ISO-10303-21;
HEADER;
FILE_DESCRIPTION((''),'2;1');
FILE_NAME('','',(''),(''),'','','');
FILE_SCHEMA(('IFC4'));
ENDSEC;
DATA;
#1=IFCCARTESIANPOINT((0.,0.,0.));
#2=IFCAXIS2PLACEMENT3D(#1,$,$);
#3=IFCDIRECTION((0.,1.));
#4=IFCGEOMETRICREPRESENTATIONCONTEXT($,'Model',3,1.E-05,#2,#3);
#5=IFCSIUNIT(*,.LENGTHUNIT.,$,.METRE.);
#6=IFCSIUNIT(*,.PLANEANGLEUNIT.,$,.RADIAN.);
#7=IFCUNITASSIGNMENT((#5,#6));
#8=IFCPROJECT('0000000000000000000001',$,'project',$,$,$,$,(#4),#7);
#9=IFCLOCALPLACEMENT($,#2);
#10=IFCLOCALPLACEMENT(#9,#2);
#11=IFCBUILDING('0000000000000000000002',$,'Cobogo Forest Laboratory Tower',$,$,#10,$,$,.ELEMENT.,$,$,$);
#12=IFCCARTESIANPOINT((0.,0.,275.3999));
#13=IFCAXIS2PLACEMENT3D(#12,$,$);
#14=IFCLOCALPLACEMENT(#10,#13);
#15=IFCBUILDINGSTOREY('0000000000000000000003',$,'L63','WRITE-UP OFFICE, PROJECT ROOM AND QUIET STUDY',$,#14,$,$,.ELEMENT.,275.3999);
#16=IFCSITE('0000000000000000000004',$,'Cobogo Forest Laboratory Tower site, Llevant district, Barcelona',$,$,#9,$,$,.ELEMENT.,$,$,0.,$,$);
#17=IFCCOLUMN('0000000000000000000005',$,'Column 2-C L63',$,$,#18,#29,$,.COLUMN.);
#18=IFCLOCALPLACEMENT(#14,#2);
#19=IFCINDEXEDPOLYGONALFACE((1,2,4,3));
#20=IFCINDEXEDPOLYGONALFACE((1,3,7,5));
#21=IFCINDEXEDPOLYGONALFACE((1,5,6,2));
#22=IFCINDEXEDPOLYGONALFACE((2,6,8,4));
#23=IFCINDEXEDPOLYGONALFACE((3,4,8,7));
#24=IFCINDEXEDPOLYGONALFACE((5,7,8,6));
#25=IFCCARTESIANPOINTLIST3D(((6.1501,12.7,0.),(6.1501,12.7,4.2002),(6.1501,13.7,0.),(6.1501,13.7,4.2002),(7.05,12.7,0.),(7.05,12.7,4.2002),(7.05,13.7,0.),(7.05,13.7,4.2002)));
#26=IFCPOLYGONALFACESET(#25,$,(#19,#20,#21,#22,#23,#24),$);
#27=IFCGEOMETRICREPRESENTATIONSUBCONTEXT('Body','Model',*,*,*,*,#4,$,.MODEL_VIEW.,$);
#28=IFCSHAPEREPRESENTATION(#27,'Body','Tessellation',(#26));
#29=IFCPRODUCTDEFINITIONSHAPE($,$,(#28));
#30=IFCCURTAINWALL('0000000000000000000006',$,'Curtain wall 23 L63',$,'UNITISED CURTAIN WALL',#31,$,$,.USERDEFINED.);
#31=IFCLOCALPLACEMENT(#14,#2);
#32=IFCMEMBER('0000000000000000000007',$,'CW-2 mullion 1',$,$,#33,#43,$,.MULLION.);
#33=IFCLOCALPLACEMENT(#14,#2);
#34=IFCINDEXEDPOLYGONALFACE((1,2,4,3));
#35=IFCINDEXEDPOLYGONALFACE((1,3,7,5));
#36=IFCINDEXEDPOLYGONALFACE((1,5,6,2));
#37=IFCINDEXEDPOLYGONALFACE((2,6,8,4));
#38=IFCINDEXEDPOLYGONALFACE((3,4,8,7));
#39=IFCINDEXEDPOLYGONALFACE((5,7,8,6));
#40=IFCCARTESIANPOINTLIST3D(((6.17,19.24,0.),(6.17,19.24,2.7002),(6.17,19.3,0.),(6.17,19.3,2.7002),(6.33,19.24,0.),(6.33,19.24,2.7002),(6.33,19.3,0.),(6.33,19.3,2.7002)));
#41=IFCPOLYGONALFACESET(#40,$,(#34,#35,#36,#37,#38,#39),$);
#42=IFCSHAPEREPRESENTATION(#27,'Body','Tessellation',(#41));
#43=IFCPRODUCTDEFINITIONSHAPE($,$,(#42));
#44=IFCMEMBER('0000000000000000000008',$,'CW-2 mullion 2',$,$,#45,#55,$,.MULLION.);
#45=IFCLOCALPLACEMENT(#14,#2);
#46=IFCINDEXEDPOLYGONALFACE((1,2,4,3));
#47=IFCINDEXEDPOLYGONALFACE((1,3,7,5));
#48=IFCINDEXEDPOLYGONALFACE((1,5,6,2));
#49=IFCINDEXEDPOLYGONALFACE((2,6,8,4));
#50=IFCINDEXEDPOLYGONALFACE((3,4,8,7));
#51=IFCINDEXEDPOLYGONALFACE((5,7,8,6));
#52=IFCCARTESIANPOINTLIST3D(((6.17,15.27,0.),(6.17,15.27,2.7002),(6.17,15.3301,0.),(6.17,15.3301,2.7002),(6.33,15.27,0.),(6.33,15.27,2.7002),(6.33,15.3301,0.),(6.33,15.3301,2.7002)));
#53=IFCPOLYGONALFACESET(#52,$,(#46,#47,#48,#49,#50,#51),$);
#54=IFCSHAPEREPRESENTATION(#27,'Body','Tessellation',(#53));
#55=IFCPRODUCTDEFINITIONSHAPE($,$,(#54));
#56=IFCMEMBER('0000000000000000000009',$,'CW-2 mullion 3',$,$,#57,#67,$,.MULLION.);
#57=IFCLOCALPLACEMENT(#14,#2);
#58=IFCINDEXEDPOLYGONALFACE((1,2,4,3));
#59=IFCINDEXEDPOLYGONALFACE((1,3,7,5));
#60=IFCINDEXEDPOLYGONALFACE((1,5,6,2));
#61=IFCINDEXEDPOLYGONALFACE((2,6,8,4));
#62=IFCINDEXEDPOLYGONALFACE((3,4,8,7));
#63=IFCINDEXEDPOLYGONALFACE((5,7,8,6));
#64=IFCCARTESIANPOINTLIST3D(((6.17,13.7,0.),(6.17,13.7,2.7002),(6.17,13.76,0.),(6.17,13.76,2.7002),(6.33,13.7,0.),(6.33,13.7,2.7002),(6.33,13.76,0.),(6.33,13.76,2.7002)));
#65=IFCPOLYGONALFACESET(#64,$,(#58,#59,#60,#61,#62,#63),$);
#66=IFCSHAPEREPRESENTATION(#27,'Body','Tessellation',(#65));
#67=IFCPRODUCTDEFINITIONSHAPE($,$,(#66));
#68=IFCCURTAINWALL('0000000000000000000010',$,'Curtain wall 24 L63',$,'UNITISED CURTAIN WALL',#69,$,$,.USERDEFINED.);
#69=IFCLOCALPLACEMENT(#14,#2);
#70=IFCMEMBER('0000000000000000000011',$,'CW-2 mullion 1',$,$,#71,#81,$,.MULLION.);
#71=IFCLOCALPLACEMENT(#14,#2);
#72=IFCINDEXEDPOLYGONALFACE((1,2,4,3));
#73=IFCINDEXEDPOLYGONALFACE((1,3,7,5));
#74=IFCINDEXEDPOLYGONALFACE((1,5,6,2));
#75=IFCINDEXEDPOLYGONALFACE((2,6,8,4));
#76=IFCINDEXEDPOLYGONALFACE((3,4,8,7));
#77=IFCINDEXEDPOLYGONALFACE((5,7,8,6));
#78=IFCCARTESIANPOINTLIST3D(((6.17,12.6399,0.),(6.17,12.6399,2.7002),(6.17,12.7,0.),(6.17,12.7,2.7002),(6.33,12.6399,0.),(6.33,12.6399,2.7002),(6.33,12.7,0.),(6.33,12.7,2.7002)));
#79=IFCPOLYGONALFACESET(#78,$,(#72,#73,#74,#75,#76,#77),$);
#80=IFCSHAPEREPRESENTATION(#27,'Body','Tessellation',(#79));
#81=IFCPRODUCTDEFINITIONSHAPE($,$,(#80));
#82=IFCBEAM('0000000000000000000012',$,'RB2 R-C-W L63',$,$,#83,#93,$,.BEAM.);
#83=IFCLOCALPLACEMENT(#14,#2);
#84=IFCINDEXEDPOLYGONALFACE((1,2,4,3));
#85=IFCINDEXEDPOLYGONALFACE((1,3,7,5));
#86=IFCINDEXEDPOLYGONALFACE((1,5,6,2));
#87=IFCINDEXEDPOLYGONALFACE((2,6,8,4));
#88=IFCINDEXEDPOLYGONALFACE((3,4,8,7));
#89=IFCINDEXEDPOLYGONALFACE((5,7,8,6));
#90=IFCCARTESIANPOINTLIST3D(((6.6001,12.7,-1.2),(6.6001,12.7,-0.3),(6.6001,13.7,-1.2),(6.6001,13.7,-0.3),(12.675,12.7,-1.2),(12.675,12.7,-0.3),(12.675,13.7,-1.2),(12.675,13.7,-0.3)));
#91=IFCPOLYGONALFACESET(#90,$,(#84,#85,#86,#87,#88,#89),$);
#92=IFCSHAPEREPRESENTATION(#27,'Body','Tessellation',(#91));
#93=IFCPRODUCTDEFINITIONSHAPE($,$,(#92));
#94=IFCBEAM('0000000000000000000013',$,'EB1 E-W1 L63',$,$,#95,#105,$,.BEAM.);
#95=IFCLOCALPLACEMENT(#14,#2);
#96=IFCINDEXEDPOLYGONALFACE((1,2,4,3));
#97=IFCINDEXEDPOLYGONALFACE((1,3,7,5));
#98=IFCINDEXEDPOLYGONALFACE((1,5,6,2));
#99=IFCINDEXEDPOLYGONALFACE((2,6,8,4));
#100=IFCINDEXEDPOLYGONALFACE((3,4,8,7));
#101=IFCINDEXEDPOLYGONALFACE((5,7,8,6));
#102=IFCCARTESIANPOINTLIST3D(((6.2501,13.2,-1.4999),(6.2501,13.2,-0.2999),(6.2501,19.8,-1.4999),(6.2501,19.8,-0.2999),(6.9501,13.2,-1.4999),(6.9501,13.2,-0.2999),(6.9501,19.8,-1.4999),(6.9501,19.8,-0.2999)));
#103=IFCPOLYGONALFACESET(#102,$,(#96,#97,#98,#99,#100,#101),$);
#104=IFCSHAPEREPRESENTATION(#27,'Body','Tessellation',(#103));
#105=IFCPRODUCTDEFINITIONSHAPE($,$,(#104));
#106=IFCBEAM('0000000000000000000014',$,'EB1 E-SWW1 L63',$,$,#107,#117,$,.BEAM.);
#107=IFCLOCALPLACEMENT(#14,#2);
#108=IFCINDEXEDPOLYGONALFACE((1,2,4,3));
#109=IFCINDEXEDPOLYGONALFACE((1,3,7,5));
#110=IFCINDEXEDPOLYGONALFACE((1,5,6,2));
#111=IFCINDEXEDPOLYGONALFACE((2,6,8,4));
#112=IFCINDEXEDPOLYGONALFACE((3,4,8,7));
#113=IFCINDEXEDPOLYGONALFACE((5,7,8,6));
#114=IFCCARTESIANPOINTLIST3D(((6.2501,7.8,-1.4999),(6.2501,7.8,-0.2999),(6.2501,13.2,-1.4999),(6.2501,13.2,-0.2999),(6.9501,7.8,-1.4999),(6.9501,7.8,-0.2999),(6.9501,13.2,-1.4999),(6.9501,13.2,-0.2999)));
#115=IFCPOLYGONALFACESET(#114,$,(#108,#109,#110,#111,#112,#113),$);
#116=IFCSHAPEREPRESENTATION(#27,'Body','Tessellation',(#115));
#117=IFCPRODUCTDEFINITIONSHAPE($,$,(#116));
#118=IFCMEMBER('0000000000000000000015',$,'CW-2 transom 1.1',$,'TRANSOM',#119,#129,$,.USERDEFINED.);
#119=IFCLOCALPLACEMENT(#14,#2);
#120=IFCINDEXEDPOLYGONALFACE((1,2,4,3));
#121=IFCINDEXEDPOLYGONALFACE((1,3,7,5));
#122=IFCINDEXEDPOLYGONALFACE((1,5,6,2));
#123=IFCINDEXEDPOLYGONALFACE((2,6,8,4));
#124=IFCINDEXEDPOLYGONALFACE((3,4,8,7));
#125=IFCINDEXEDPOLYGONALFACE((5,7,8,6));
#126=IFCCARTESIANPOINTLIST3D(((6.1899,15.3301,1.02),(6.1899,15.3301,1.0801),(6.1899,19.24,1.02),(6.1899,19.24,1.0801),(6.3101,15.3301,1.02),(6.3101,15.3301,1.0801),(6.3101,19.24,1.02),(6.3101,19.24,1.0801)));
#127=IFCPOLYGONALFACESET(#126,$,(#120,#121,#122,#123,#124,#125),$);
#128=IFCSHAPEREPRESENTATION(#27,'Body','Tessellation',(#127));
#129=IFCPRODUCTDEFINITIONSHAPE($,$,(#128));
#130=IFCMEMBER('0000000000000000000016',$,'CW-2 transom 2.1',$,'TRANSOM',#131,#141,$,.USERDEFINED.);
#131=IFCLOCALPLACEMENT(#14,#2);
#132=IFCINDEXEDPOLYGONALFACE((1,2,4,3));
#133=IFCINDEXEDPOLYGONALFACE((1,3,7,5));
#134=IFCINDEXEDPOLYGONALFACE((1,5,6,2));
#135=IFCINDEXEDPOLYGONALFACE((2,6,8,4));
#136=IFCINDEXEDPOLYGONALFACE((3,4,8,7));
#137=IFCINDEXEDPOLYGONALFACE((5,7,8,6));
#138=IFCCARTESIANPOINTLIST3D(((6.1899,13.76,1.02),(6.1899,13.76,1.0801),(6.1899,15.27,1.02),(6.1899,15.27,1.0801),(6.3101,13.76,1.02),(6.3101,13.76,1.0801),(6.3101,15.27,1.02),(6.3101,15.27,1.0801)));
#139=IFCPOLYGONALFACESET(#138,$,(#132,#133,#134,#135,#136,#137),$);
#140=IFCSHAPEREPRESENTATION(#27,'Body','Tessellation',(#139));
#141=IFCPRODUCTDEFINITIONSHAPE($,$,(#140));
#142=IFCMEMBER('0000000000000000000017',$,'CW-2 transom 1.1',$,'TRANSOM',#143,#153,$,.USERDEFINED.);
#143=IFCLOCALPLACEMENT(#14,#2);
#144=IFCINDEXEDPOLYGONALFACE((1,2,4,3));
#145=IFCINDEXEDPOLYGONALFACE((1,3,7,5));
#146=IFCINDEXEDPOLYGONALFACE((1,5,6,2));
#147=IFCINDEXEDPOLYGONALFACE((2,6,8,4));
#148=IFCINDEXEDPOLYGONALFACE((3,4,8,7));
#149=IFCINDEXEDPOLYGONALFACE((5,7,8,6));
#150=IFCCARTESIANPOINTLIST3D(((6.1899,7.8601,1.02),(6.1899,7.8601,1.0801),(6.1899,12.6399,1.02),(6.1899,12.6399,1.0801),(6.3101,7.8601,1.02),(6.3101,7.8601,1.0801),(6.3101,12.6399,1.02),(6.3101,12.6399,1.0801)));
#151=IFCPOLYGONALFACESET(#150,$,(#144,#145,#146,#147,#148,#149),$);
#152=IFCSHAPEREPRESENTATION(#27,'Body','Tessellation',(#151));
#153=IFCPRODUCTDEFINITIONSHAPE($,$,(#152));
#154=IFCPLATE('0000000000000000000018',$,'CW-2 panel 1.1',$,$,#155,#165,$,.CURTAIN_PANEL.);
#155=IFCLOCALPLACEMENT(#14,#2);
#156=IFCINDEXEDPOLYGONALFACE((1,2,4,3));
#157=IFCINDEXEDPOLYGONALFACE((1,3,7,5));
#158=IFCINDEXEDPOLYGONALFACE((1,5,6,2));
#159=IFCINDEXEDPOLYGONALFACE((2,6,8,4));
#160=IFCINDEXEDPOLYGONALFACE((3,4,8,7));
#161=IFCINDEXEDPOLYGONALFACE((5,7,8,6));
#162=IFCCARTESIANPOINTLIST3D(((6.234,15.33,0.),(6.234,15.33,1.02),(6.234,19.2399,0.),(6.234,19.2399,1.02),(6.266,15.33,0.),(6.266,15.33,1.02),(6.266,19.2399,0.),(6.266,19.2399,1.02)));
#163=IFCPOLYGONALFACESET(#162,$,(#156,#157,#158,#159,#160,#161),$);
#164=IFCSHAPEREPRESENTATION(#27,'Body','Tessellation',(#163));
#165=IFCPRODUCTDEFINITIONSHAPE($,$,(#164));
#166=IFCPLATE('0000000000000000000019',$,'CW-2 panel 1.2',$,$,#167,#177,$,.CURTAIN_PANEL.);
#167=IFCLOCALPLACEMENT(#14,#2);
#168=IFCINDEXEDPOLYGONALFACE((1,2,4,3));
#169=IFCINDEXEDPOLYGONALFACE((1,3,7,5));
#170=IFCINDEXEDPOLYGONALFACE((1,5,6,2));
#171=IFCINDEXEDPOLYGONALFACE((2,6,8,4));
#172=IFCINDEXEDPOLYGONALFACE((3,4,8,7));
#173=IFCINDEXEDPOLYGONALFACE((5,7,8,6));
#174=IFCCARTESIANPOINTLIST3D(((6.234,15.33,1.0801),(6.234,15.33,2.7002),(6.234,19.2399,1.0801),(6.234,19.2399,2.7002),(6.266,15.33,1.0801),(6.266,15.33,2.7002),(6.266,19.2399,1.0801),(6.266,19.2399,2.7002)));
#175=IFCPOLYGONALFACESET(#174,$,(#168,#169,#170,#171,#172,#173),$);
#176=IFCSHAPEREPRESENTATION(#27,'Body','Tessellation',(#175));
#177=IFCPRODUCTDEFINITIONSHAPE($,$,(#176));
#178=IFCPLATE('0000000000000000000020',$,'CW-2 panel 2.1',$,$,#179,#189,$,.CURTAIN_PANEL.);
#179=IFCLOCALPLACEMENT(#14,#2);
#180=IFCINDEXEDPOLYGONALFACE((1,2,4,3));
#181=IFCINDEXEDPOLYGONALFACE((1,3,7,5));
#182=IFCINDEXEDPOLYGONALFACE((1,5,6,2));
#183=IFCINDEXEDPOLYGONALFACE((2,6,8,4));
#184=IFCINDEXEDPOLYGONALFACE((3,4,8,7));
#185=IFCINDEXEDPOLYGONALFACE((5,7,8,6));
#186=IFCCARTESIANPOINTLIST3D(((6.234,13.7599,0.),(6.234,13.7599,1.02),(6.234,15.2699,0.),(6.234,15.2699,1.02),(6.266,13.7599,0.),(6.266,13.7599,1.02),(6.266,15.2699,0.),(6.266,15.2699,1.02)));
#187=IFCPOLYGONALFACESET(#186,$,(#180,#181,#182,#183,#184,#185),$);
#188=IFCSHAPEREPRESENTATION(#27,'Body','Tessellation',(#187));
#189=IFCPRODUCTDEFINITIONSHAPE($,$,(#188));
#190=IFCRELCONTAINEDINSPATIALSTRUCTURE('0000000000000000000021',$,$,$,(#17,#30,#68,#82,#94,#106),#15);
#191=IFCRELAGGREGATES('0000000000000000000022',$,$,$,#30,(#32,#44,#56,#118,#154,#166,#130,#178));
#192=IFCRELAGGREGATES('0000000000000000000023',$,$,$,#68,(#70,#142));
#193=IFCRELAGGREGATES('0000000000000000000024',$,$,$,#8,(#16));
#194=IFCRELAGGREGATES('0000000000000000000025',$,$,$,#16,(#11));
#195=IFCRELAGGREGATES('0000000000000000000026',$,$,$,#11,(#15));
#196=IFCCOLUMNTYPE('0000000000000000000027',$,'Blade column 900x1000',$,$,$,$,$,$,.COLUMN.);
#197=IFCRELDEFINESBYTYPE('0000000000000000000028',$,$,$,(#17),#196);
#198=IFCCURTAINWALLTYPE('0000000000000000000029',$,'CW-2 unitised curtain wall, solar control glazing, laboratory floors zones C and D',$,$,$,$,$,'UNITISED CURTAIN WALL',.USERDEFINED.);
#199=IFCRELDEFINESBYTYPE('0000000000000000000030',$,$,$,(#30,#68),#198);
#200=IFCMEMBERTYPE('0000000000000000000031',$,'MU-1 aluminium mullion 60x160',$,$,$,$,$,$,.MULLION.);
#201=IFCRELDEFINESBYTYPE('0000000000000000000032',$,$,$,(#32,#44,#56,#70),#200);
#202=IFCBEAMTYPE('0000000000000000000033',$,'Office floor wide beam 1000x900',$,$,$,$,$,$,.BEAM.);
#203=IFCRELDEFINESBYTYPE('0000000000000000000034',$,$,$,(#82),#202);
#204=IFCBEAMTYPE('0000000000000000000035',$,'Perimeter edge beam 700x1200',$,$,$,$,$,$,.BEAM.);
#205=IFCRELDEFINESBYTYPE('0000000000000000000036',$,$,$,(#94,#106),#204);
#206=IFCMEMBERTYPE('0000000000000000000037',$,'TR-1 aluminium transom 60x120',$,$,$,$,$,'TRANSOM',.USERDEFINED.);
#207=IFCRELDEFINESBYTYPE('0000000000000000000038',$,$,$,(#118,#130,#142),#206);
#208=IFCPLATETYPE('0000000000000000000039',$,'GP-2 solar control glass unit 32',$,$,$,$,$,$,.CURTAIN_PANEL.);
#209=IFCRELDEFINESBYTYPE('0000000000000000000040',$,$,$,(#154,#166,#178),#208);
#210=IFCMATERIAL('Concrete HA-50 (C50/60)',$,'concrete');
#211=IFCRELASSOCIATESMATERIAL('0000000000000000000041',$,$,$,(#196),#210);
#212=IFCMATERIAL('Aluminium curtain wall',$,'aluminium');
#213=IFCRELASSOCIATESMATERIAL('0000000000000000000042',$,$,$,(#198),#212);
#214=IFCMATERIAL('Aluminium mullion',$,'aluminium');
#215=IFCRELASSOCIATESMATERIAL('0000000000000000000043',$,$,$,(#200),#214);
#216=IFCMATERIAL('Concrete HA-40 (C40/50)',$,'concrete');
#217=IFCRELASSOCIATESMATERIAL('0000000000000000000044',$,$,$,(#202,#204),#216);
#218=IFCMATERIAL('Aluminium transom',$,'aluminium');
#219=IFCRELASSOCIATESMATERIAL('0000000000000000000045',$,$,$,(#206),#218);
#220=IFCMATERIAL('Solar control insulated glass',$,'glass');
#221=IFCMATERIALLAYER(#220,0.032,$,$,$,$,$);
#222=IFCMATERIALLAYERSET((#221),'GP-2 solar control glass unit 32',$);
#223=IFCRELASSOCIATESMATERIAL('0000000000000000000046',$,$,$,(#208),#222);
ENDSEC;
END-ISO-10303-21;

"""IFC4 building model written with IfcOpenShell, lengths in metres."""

from ifc_helpers import new_model, si_unit, direction, frame, origin, origin_2d, place, context, subcontext, project, spatial, rectangle, extrude, material, layer, layer_set, material_profile, profile_set, type_object, element, aggregate, save


model = new_model("IFC4")

# Units and contexts
model_context = context("Model", 3, precision=1e-05, world=origin(), true_north=direction((0.0, 1.0)))
body_context = subcontext(model_context, "Body", "Model", "MODEL_VIEW")
ifc_project = project(units=[si_unit("LENGTHUNIT", "METRE"), si_unit("PLANEANGLEUNIT", "RADIAN")], contexts=[model_context])

# Site, building, storey
site_placement = place(None, origin())
site = spatial("IfcSite", under=ifc_project, at=site_placement, Name="Cobogo Forest Laboratory Tower site, Llevant district, Barcelona", CompositionType="ELEMENT", RefElevation=0.0)
building_placement = place(site_placement, origin())
building = spatial("IfcBuilding", under=site, at=building_placement, Name="Cobogo Forest Laboratory Tower", CompositionType="ELEMENT")
storey_placement = place(building_placement, frame((0.0, 0.0, 275.3999)))
storey = spatial("IfcBuildingStorey", under=building, at=storey_placement, Name="L63", Description="WRITE-UP OFFICE, PROJECT ROOM AND QUIET STUDY", CompositionType="ELEMENT", Elevation=275.3999)

# Column
ifc_material_1 = material(Name="Concrete HA-50 (C50/60)", Category="concrete")
ifc_material_profile_1 = material_profile(ifc_material_1, rectangle(XDim=1.0, YDim=0.8999, at=origin_2d()), Name="RC 900x1000")
ifc_profile_set_1 = profile_set([ifc_material_profile_1], Name="Concrete HA-50 (C50/60)")
column_type = type_object("IfcColumnType", Name="Blade column 900x1000", PredefinedType="COLUMN", material=ifc_profile_set_1)
column_placement = place(storey_placement, frame((6.6001, 13.2, 0.0), z_axis=(0.0, 0.0, 1.0), x_axis=(0.0, 1.0, 0.0)))
element("IfcColumn", 1, at=column_placement, inside=storey, type_object=column_type, Name="Column 2-C L63", PredefinedType="COLUMN", context=body_context, shape_type="SweptSolid", body=[
    extrude(rectangle(XDim=1.0, YDim=0.8999, at=origin_2d()), origin(), (0.0, 0.0, 1.0), 4.2002),
])

# Curtain wall, members
ifc_material_2 = material(Name="Aluminium curtain wall", Category="aluminium")
curtain_wall_type = type_object("IfcCurtainWallType", Name="CW-2 unitised curtain wall, solar control glazing, laboratory floors zones C and D", ElementType="UNITISED CURTAIN WALL", PredefinedType="USERDEFINED", material=ifc_material_2)
curtain_wall_1_placement = place(storey_placement, origin())
curtain_wall_1 = element("IfcCurtainWall", 2, at=curtain_wall_1_placement, inside=storey, type_object=curtain_wall_type, Name="Curtain wall 23 L63", ObjectType="UNITISED CURTAIN WALL", PredefinedType="USERDEFINED")
ifc_material_3 = material(Name="Aluminium mullion", Category="aluminium")
ifc_material_profile_2 = material_profile(ifc_material_3, rectangle(XDim=0.0601, YDim=0.1599, at=origin_2d()), Name="AL 60x160")
ifc_profile_set_2 = profile_set([ifc_material_profile_2], Name="Aluminium mullion")
member_type_1 = type_object("IfcMemberType", Name="MU-1 aluminium mullion 60x160", PredefinedType="MULLION", material=ifc_profile_set_2)
member_1_placement = place(storey_placement, frame((6.25, 19.27, 0.0), z_axis=(0.0, 0.0, 1.0), x_axis=(0.0, -1.0, 0.0)))
member_1 = element("IfcMember", 3, at=member_1_placement, type_object=member_type_1, Name="CW-2 mullion 1", PredefinedType="MULLION", context=body_context, shape_type="SweptSolid", body=[
    extrude(rectangle(XDim=0.0601, YDim=0.1599, at=origin_2d()), origin(), (0.0, 0.0, 1.0), 2.7002),
])
member_2_placement = place(storey_placement, frame((6.25, 15.3, 0.0), z_axis=(0.0, 0.0, 1.0), x_axis=(0.0, -1.0, 0.0)))
member_2 = element("IfcMember", 4, at=member_2_placement, type_object=member_type_1, Name="CW-2 mullion 2", PredefinedType="MULLION", context=body_context, shape_type="SweptSolid", body=[
    extrude(rectangle(XDim=0.0601, YDim=0.1599, at=origin_2d()), origin(), (0.0, 0.0, 1.0), 2.7002),
])
member_3_placement = place(storey_placement, frame((6.25, 13.73, 0.0), z_axis=(0.0, 0.0, 1.0), x_axis=(0.0, -1.0, 0.0)))
member_3 = element("IfcMember", 5, at=member_3_placement, type_object=member_type_1, Name="CW-2 mullion 3", PredefinedType="MULLION", context=body_context, shape_type="SweptSolid", body=[
    extrude(rectangle(XDim=0.0601, YDim=0.1599, at=origin_2d()), origin(), (0.0, 0.0, 1.0), 2.7002),
])

# Curtain wall, member
curtain_wall_2_placement = place(storey_placement, origin())
curtain_wall_2 = element("IfcCurtainWall", 6, at=curtain_wall_2_placement, inside=storey, type_object=curtain_wall_type, Name="Curtain wall 24 L63", ObjectType="UNITISED CURTAIN WALL", PredefinedType="USERDEFINED")
member_4_placement = place(storey_placement, frame((6.25, 12.6699, 0.0), z_axis=(0.0, 0.0, 1.0), x_axis=(0.0, -1.0, 0.0)))
member_4 = element("IfcMember", 7, at=member_4_placement, type_object=member_type_1, Name="CW-2 mullion 1", PredefinedType="MULLION", context=body_context, shape_type="SweptSolid", body=[
    extrude(rectangle(XDim=0.0601, YDim=0.1599, at=origin_2d()), origin(), (0.0, 0.0, 1.0), 2.7002),
])

# Beams
ifc_material_4 = material(Name="Concrete HA-40 (C40/50)", Category="concrete")
ifc_material_profile_3 = material_profile(ifc_material_4, rectangle(XDim=1.0, YDim=0.8999, at=origin_2d()), Name="RC 1000x900")
ifc_profile_set_3 = profile_set([ifc_material_profile_3], Name="Concrete HA-40 (C40/50)")
beam_type_1 = type_object("IfcBeamType", Name="Office floor wide beam 1000x900", PredefinedType="BEAM", material=ifc_profile_set_3)
beam_1_placement = place(storey_placement, frame((12.675, 13.2, -0.75), z_axis=(-1.0, 0.0, 0.0), x_axis=(0.0, -1.0, 0.0)))
element("IfcBeam", 8, at=beam_1_placement, inside=storey, type_object=beam_type_1, Name="RB2 R-C-W L63", PredefinedType="BEAM", context=body_context, shape_type="SweptSolid", body=[
    extrude(rectangle(XDim=1.0, YDim=0.8999, at=origin_2d()), origin(), (0.0, 0.0, 1.0), 6.075),
])
ifc_material_profile_4 = material_profile(ifc_material_4, rectangle(XDim=0.7, YDim=1.2, at=origin_2d()), Name="RC 700x1200")
ifc_profile_set_4 = profile_set([ifc_material_profile_4], Name="Concrete HA-40 (C40/50)")
beam_type_2 = type_object("IfcBeamType", Name="Perimeter edge beam 700x1200", PredefinedType="BEAM", material=ifc_profile_set_4)
beam_2_placement = place(storey_placement, frame((6.6001, 13.2, -0.8999), z_axis=(0.0, 1.0, 0.0), x_axis=(-1.0, 0.0, 0.0)))
element("IfcBeam", 9, at=beam_2_placement, inside=storey, type_object=beam_type_2, Name="EB1 E-W1 L63", PredefinedType="BEAM", context=body_context, shape_type="SweptSolid", body=[
    extrude(rectangle(XDim=0.7, YDim=1.2, at=origin_2d()), origin(), (0.0, 0.0, 1.0), 6.6001),
])
beam_3_placement = place(storey_placement, frame((6.6001, 13.2, -0.8999), z_axis=(0.0, -1.0, 0.0), x_axis=(1.0, 0.0, 0.0)))
element("IfcBeam", 10, at=beam_3_placement, inside=storey, type_object=beam_type_2, Name="EB1 E-SWW1 L63", PredefinedType="BEAM", context=body_context, shape_type="SweptSolid", body=[
    extrude(rectangle(XDim=0.7, YDim=1.2, at=origin_2d()), origin(), (0.0, 0.0, 1.0), 5.3999),
])

# Members
ifc_material_5 = material(Name="Aluminium transom", Category="aluminium")
ifc_material_profile_5 = material_profile(ifc_material_5, rectangle(XDim=0.1201, YDim=0.0601, at=origin_2d()), Name="AL 60x120")
ifc_profile_set_5 = profile_set([ifc_material_profile_5], Name="Aluminium transom")
member_type_2 = type_object("IfcMemberType", Name="TR-1 aluminium transom 60x120", ElementType="TRANSOM", PredefinedType="USERDEFINED", material=ifc_profile_set_5)
member_5_placement = place(storey_placement, frame((6.25, 19.24, 1.05), z_axis=(0.0, -1.0, 0.0), x_axis=(1.0, 0.0, 0.0)))
member_5 = element("IfcMember", 11, at=member_5_placement, type_object=member_type_2, Name="CW-2 transom 1.1", ObjectType="TRANSOM", PredefinedType="USERDEFINED", context=body_context, shape_type="SweptSolid", body=[
    extrude(rectangle(XDim=0.1201, YDim=0.0601, at=origin_2d()), origin(), (0.0, 0.0, 1.0), 3.9099),
])
member_6_placement = place(storey_placement, frame((6.25, 15.27, 1.05), z_axis=(0.0, -1.0, 0.0), x_axis=(1.0, 0.0, 0.0)))
member_6 = element("IfcMember", 12, at=member_6_placement, type_object=member_type_2, Name="CW-2 transom 2.1", ObjectType="TRANSOM", PredefinedType="USERDEFINED", context=body_context, shape_type="SweptSolid", body=[
    extrude(rectangle(XDim=0.1201, YDim=0.0601, at=origin_2d()), origin(), (0.0, 0.0, 1.0), 1.51),
])
member_7_placement = place(storey_placement, frame((6.25, 12.6399, 1.05), z_axis=(0.0, -1.0, 0.0), x_axis=(1.0, 0.0, 0.0)))
member_7 = element("IfcMember", 13, at=member_7_placement, type_object=member_type_2, Name="CW-2 transom 1.1", ObjectType="TRANSOM", PredefinedType="USERDEFINED", context=body_context, shape_type="SweptSolid", body=[
    extrude(rectangle(XDim=0.1201, YDim=0.0601, at=origin_2d()), origin(), (0.0, 0.0, 1.0), 4.7798),
])

# Plates
ifc_material_6 = material(Name="Solar control insulated glass", Category="glass")
ifc_layer_1 = layer(ifc_material_6, 0.032)
ifc_layer_set_1 = layer_set([ifc_layer_1], Name="GP-2 solar control glass unit 32")
plate_type_1 = type_object("IfcPlateType", Name="GP-2 solar control glass unit 32", PredefinedType="CURTAIN_PANEL", material=ifc_layer_set_1)
plate_1_placement = place(storey_placement, frame((6.25, 17.2849, 0.0), z_axis=(0.0, 0.0, 1.0), x_axis=(0.0, -1.0, 0.0)))
plate_1 = element("IfcPlate", 14, at=plate_1_placement, type_object=plate_type_1, Name="CW-2 panel 1.1", PredefinedType="CURTAIN_PANEL", context=body_context, shape_type="SweptSolid", body=[
    extrude(rectangle(XDim=3.9099, YDim=0.032, at=origin_2d()), origin(), (0.0, 0.0, 1.0), 1.02),
])
plate_2_placement = place(storey_placement, frame((6.25, 17.2849, 1.0801), z_axis=(0.0, 0.0, 1.0), x_axis=(0.0, -1.0, 0.0)))
plate_2 = element("IfcPlate", 15, at=plate_2_placement, type_object=plate_type_1, Name="CW-2 panel 1.2", PredefinedType="CURTAIN_PANEL", context=body_context, shape_type="SweptSolid", body=[
    extrude(rectangle(XDim=3.9099, YDim=0.032, at=origin_2d()), origin(), (0.0, 0.0, 1.0), 1.6201),
])
plate_3_placement = place(storey_placement, frame((6.25, 14.5149, 0.0), z_axis=(0.0, 0.0, 1.0), x_axis=(0.0, -1.0, 0.0)))
plate_3 = element("IfcPlate", 16, at=plate_3_placement, type_object=plate_type_1, Name="CW-2 panel 2.1", PredefinedType="CURTAIN_PANEL", context=body_context, shape_type="SweptSolid", body=[
    extrude(rectangle(XDim=1.51, YDim=0.032, at=origin_2d()), origin(), (0.0, 0.0, 1.0), 1.02),
])
aggregate(curtain_wall_1, [member_1, member_2, member_3, member_5, plate_1, plate_2, member_6, plate_3])
aggregate(curtain_wall_2, [member_4, member_7])

save(model, "model.ifc")
